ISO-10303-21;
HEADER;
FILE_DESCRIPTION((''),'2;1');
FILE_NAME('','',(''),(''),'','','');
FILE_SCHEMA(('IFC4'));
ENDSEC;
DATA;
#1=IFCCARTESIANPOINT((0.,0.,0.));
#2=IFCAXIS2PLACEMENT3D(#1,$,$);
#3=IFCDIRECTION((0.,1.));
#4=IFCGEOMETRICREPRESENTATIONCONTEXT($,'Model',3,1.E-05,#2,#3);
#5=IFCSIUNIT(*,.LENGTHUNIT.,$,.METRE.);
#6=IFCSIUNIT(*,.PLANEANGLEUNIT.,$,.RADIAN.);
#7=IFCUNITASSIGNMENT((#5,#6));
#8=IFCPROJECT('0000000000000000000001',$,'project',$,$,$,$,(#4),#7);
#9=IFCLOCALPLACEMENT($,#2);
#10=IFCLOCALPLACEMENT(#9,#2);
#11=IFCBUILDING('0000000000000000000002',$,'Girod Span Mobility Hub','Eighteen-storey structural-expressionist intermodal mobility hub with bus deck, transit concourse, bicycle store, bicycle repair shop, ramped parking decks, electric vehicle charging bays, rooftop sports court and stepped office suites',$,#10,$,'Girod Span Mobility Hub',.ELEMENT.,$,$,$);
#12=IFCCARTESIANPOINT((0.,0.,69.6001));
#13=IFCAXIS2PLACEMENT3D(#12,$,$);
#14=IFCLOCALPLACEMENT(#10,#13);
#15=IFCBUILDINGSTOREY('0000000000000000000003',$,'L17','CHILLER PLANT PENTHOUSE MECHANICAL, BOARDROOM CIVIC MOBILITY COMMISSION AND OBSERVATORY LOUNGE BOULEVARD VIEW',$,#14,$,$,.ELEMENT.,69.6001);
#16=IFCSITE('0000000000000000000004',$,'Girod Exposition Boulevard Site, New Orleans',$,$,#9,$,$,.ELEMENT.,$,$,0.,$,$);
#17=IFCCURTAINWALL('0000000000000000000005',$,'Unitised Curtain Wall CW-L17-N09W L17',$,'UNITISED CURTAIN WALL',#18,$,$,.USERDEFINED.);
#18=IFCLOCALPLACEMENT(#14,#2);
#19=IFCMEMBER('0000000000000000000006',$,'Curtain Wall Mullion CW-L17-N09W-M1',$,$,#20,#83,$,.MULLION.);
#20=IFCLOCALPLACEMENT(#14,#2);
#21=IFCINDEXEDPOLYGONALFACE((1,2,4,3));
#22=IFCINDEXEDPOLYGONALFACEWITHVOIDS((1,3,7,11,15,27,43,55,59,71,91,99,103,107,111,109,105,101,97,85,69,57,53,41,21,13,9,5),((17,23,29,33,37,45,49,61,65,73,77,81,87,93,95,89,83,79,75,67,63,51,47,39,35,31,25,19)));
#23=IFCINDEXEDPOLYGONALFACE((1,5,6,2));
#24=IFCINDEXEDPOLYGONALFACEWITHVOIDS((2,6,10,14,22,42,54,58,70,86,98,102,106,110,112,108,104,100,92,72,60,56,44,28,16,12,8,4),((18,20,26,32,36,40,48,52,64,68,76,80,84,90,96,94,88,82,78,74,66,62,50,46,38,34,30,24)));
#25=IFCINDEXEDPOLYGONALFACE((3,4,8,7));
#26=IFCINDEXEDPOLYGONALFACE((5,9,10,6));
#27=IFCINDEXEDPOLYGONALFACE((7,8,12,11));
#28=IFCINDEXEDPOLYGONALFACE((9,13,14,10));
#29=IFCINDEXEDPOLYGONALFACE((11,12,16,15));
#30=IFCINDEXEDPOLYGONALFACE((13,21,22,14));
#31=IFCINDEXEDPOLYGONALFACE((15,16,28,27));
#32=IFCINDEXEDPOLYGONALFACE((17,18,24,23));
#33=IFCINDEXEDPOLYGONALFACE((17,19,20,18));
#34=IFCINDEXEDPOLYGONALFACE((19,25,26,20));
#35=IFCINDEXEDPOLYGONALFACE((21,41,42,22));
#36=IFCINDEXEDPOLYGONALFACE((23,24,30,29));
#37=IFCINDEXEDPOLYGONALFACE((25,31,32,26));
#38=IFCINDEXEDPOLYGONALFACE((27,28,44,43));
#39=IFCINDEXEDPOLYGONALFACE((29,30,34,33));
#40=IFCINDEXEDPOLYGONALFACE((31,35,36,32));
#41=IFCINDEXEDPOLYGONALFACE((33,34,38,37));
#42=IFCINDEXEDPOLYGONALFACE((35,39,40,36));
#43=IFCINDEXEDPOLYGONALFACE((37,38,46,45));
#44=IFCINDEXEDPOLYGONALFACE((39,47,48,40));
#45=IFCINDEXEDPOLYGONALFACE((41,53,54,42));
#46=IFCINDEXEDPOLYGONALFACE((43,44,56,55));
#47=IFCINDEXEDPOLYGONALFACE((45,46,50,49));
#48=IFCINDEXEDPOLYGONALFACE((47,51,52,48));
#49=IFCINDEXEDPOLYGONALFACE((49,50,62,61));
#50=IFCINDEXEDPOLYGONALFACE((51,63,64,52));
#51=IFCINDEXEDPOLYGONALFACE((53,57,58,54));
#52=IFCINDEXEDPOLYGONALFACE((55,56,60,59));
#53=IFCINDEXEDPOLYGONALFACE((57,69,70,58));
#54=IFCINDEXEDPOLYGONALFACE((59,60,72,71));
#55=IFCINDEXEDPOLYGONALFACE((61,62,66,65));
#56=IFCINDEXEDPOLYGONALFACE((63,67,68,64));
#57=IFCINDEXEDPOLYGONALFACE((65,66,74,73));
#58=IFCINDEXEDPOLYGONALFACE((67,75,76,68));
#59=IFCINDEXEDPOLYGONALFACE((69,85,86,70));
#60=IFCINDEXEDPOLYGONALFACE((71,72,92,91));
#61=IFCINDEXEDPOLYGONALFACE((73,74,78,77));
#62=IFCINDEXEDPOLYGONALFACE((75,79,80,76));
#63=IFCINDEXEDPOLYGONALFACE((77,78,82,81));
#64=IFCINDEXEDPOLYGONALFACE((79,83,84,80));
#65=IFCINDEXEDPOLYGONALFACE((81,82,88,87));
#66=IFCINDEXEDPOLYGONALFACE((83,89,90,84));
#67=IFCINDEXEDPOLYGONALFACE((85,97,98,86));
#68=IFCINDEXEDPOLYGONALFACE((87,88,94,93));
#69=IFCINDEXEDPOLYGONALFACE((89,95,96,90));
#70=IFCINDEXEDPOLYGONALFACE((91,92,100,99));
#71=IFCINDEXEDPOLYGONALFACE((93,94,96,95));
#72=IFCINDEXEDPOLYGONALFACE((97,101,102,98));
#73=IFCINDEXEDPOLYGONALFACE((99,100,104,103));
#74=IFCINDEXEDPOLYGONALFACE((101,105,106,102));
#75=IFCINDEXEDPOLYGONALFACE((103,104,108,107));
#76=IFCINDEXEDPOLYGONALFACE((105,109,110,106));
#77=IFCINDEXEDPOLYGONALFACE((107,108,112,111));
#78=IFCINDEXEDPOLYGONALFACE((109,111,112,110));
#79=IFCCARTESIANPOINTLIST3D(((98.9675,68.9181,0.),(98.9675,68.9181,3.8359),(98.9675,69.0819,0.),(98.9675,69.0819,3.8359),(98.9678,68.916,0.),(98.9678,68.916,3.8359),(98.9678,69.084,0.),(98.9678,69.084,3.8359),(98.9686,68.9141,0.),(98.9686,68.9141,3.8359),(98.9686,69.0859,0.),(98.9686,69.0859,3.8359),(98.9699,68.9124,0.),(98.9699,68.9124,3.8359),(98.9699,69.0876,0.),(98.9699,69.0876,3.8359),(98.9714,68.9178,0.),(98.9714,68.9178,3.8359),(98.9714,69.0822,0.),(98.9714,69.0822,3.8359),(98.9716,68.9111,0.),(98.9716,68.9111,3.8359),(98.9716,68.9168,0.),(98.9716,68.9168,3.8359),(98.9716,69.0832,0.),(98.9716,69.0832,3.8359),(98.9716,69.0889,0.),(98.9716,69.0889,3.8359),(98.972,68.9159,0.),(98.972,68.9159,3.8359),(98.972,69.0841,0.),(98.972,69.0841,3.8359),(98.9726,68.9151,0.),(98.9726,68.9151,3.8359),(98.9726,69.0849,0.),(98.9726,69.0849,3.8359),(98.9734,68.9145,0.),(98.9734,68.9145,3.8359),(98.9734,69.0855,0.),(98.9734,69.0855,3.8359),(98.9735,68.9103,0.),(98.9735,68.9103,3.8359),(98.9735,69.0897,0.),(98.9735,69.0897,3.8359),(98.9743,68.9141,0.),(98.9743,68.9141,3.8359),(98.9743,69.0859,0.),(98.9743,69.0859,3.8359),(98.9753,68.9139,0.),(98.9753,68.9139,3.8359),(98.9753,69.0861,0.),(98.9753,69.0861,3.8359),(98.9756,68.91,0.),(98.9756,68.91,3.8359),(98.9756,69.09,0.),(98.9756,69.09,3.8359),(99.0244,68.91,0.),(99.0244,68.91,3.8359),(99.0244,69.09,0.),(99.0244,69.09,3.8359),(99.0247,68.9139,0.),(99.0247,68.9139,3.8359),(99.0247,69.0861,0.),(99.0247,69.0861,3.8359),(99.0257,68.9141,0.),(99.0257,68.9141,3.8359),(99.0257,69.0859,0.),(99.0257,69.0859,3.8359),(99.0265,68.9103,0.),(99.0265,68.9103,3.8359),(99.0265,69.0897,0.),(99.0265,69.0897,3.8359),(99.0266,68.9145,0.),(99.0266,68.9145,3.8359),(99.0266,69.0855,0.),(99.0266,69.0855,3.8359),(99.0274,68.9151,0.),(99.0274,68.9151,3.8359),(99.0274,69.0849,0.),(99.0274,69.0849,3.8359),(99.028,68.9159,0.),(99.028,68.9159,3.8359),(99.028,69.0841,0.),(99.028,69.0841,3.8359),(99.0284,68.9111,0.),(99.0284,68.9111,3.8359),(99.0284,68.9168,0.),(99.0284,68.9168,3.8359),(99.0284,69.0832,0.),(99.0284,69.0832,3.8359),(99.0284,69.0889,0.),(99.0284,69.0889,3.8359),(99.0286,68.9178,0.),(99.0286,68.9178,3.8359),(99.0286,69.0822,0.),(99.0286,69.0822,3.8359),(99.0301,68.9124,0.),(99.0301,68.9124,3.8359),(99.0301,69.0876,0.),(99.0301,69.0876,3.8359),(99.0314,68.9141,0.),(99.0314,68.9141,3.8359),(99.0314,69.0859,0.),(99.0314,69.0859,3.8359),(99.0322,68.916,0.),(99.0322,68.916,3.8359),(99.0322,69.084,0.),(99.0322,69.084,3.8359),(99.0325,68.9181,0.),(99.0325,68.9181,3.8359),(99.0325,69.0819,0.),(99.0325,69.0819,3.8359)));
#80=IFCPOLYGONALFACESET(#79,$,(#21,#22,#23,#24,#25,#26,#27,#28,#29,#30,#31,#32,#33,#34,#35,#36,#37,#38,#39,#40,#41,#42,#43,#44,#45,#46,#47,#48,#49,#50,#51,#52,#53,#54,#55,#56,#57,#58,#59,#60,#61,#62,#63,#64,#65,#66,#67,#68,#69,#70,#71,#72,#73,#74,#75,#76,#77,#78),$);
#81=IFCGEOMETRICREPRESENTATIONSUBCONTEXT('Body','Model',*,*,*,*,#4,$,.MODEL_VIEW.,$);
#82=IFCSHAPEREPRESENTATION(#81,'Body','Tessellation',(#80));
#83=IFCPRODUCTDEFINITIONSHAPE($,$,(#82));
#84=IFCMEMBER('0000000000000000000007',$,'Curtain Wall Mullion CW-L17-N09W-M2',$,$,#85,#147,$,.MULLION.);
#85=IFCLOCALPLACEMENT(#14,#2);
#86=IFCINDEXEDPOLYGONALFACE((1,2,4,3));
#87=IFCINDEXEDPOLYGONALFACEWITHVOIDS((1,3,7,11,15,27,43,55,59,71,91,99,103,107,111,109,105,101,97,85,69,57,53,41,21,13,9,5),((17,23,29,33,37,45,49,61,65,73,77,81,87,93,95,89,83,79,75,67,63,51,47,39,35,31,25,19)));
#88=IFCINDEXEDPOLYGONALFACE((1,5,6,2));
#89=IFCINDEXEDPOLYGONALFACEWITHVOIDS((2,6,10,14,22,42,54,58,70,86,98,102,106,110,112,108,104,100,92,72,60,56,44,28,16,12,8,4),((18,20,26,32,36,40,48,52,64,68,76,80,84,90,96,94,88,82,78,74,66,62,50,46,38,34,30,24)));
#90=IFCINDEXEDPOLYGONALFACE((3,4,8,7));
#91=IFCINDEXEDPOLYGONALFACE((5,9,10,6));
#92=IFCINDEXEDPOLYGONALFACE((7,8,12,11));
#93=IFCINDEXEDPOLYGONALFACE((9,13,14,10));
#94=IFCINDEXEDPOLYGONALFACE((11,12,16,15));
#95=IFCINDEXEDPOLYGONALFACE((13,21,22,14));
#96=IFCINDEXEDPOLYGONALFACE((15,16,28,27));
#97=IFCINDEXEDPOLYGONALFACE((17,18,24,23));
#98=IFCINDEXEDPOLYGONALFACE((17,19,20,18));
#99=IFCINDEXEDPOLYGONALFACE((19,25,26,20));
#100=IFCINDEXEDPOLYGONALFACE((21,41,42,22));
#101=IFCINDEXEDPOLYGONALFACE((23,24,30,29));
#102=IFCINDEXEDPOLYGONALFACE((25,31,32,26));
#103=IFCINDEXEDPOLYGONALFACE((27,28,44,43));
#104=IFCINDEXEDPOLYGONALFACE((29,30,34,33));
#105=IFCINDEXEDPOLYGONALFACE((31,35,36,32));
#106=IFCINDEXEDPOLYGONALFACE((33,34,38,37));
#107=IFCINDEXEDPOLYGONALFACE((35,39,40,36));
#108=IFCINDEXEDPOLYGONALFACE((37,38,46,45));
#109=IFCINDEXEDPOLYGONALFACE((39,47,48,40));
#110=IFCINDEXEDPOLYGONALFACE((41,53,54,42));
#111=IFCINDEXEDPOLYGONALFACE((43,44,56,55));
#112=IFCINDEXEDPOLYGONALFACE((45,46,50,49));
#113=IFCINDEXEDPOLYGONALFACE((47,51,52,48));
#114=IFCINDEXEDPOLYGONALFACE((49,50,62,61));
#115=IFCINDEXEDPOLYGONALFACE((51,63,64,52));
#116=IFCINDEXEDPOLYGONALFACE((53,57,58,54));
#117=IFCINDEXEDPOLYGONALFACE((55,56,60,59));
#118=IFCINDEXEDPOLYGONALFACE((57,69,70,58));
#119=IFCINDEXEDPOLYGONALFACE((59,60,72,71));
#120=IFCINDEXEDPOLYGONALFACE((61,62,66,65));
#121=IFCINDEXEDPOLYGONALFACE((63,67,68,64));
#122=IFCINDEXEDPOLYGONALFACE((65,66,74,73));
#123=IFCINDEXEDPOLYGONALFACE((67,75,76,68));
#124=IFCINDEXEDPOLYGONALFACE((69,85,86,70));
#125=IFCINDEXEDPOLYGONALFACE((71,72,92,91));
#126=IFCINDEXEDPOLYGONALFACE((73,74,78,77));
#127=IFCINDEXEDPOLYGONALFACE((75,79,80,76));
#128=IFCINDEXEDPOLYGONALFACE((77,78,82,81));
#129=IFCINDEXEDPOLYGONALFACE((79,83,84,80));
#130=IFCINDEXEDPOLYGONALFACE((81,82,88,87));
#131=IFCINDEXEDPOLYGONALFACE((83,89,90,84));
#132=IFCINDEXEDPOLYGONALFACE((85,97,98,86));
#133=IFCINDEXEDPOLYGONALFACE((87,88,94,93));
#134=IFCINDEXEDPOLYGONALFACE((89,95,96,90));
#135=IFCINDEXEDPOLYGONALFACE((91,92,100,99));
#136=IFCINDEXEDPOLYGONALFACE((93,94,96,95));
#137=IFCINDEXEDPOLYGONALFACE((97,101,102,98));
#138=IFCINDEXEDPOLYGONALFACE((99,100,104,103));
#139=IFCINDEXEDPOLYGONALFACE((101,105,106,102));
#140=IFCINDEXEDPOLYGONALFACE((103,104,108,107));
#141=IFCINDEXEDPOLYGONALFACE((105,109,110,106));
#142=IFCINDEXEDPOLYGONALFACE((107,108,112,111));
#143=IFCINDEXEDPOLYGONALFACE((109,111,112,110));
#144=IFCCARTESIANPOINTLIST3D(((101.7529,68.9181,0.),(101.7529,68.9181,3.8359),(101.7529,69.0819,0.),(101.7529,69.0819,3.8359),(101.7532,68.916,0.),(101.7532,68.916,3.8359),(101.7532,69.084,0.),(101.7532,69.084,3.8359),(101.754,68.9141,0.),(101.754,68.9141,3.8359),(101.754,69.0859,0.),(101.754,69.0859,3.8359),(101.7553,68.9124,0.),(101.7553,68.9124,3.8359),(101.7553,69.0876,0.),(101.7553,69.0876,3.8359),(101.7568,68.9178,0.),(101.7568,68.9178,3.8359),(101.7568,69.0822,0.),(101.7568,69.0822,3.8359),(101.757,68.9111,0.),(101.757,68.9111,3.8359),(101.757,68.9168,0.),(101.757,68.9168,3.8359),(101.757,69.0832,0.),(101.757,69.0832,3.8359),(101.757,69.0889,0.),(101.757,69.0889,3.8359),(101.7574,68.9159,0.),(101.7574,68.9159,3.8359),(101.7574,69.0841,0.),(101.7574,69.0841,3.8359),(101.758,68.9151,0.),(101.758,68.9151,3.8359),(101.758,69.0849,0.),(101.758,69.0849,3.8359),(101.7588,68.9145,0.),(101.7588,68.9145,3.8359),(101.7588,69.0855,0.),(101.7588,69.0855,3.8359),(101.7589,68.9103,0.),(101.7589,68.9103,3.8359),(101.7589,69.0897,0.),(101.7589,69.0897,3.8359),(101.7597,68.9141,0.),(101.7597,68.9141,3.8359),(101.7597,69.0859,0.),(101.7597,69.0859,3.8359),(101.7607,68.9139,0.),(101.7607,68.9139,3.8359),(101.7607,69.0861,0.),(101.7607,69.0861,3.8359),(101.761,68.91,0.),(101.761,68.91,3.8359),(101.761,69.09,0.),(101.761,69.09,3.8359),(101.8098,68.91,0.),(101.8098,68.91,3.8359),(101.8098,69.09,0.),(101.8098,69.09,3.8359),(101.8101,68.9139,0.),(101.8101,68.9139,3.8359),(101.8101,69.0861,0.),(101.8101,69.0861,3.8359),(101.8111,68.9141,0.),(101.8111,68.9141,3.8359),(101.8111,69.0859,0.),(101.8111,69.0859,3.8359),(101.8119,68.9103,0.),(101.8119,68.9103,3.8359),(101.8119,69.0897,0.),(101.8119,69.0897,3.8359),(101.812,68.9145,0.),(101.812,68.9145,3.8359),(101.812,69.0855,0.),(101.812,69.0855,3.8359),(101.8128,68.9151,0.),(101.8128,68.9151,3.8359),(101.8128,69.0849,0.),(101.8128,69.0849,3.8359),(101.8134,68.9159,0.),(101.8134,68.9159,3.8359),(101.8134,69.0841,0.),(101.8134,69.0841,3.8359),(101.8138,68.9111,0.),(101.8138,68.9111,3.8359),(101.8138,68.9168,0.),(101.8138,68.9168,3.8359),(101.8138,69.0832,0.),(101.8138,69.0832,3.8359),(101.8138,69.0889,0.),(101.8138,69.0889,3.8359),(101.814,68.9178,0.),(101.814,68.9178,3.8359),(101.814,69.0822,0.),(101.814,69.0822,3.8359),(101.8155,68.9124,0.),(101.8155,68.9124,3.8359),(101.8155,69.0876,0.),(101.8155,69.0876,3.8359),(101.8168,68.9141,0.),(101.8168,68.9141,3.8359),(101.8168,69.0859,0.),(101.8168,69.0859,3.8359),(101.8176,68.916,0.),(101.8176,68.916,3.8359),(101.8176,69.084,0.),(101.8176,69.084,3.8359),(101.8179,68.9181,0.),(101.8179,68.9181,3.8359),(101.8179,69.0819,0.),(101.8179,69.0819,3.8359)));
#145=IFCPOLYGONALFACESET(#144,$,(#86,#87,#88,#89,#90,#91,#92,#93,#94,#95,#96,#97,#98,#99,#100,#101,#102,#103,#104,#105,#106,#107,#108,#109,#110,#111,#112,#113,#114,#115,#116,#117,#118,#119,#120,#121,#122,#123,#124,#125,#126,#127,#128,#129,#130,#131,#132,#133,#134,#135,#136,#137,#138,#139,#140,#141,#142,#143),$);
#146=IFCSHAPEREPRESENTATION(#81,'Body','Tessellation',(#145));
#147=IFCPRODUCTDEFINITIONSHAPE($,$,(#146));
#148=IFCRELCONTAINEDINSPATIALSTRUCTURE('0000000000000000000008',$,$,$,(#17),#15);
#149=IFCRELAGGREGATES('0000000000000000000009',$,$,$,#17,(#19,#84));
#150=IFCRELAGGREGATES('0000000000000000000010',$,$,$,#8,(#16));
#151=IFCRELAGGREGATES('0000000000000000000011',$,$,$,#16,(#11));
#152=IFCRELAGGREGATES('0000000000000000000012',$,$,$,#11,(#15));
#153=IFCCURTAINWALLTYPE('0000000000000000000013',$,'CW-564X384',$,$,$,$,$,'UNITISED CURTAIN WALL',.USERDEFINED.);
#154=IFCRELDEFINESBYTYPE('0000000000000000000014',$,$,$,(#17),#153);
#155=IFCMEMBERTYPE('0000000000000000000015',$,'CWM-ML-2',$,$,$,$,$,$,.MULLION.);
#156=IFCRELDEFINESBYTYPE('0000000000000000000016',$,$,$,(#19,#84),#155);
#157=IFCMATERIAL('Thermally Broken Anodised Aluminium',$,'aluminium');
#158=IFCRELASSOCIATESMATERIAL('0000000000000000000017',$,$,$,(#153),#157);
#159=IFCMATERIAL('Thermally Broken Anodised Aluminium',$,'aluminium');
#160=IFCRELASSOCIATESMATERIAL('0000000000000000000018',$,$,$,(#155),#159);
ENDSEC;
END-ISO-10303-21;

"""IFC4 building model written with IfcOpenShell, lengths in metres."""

from ifc_helpers import new_model, si_unit, direction, frame, origin, origin_2d, place, context, subcontext, project, spatial, hollow_rectangle, extrude, material, material_profile, profile_set, type_object, element, aggregate, save


model = new_model("IFC4")

# Units and contexts
model_context = context("Model", 3, precision=1e-05, world=origin(), true_north=direction((0.0, 1.0)))
body_context = subcontext(model_context, "Body", "Model", "MODEL_VIEW")
ifc_project = project(units=[si_unit("LENGTHUNIT", "METRE"), si_unit("PLANEANGLEUNIT", "RADIAN")], contexts=[model_context])

# Site, building, storey
site_placement = place(None, origin())
site = spatial("IfcSite", under=ifc_project, at=site_placement, Name="Girod Exposition Boulevard Site, New Orleans", CompositionType="ELEMENT", RefElevation=0.0)
building_placement = place(site_placement, origin())
building = spatial("IfcBuilding", under=site, at=building_placement, Name="Girod Span Mobility Hub", Description="Eighteen-storey structural-expressionist intermodal mobility hub with bus deck, transit concourse, bicycle store, bicycle repair shop, ramped parking decks, electric vehicle charging bays, rooftop sports court and stepped office suites", LongName="Girod Span Mobility Hub", CompositionType="ELEMENT")
storey_placement = place(building_placement, frame((0.0, 0.0, 69.6001)))
storey = spatial("IfcBuildingStorey", under=building, at=storey_placement, Name="L17", Description="CHILLER PLANT PENTHOUSE MECHANICAL, BOARDROOM CIVIC MOBILITY COMMISSION AND OBSERVATORY LOUNGE BOULEVARD VIEW", CompositionType="ELEMENT", Elevation=69.6001)

# Curtain wall, members
ifc_material_1 = material(Name="Thermally Broken Anodised Aluminium", Category="aluminium")
curtain_wall_type = type_object("IfcCurtainWallType", Name="CW-564X384", ElementType="UNITISED CURTAIN WALL", PredefinedType="USERDEFINED", material=ifc_material_1)
curtain_wall_1_placement = place(storey_placement, origin())
curtain_wall_1 = element("IfcCurtainWall", 1, at=curtain_wall_1_placement, inside=storey, type_object=curtain_wall_type, Name="Unitised Curtain Wall CW-L17-N09W L17", ObjectType="UNITISED CURTAIN WALL", PredefinedType="USERDEFINED")
ifc_material_2 = material(Name="Thermally Broken Anodised Aluminium", Category="aluminium")
ifc_material_profile_1 = material_profile(ifc_material_2, hollow_rectangle(XDim=0.1799, YDim=0.0649, WallThickness=0.0039, InnerFilletRadius=0.0039, OuterFilletRadius=0.0081, at=origin_2d()), Name="CW-ML-65X180")
ifc_profile_set_1 = profile_set([ifc_material_profile_1], Name="Thermally Broken Anodised Aluminium")
member_type_1 = type_object("IfcMemberType", Name="CWM-ML-2", PredefinedType="MULLION", material=ifc_profile_set_1)
member_1_placement = place(storey_placement, frame((99.0, 69.0, 0.0), z_axis=(0.0, 0.0, 1.0), x_axis=(0.0, 1.0, 0.0)))
member_1 = element("IfcMember", 2, at=member_1_placement, type_object=member_type_1, Name="Curtain Wall Mullion CW-L17-N09W-M1", PredefinedType="MULLION", context=body_context, shape_type="SweptSolid", body=[
    extrude(hollow_rectangle(XDim=0.1799, YDim=0.0649, WallThickness=0.0039, InnerFilletRadius=0.0039, OuterFilletRadius=0.0081, at=origin_2d()), origin(), (0.0, 0.0, 1.0), 3.8359),
])
member_2_placement = place(storey_placement, frame((101.7854, 69.0, 0.0), z_axis=(0.0, 0.0, 1.0), x_axis=(0.0, 1.0, 0.0)))
member_2 = element("IfcMember", 3, at=member_2_placement, type_object=member_type_1, Name="Curtain Wall Mullion CW-L17-N09W-M2", PredefinedType="MULLION", context=body_context, shape_type="SweptSolid", body=[
    extrude(hollow_rectangle(XDim=0.1799, YDim=0.0649, WallThickness=0.0039, InnerFilletRadius=0.0039, OuterFilletRadius=0.0081, at=origin_2d()), origin(), (0.0, 0.0, 1.0), 3.8359),
])

aggregate(curtain_wall_1, [member_1, member_2])

save(model, "model.ifc")
